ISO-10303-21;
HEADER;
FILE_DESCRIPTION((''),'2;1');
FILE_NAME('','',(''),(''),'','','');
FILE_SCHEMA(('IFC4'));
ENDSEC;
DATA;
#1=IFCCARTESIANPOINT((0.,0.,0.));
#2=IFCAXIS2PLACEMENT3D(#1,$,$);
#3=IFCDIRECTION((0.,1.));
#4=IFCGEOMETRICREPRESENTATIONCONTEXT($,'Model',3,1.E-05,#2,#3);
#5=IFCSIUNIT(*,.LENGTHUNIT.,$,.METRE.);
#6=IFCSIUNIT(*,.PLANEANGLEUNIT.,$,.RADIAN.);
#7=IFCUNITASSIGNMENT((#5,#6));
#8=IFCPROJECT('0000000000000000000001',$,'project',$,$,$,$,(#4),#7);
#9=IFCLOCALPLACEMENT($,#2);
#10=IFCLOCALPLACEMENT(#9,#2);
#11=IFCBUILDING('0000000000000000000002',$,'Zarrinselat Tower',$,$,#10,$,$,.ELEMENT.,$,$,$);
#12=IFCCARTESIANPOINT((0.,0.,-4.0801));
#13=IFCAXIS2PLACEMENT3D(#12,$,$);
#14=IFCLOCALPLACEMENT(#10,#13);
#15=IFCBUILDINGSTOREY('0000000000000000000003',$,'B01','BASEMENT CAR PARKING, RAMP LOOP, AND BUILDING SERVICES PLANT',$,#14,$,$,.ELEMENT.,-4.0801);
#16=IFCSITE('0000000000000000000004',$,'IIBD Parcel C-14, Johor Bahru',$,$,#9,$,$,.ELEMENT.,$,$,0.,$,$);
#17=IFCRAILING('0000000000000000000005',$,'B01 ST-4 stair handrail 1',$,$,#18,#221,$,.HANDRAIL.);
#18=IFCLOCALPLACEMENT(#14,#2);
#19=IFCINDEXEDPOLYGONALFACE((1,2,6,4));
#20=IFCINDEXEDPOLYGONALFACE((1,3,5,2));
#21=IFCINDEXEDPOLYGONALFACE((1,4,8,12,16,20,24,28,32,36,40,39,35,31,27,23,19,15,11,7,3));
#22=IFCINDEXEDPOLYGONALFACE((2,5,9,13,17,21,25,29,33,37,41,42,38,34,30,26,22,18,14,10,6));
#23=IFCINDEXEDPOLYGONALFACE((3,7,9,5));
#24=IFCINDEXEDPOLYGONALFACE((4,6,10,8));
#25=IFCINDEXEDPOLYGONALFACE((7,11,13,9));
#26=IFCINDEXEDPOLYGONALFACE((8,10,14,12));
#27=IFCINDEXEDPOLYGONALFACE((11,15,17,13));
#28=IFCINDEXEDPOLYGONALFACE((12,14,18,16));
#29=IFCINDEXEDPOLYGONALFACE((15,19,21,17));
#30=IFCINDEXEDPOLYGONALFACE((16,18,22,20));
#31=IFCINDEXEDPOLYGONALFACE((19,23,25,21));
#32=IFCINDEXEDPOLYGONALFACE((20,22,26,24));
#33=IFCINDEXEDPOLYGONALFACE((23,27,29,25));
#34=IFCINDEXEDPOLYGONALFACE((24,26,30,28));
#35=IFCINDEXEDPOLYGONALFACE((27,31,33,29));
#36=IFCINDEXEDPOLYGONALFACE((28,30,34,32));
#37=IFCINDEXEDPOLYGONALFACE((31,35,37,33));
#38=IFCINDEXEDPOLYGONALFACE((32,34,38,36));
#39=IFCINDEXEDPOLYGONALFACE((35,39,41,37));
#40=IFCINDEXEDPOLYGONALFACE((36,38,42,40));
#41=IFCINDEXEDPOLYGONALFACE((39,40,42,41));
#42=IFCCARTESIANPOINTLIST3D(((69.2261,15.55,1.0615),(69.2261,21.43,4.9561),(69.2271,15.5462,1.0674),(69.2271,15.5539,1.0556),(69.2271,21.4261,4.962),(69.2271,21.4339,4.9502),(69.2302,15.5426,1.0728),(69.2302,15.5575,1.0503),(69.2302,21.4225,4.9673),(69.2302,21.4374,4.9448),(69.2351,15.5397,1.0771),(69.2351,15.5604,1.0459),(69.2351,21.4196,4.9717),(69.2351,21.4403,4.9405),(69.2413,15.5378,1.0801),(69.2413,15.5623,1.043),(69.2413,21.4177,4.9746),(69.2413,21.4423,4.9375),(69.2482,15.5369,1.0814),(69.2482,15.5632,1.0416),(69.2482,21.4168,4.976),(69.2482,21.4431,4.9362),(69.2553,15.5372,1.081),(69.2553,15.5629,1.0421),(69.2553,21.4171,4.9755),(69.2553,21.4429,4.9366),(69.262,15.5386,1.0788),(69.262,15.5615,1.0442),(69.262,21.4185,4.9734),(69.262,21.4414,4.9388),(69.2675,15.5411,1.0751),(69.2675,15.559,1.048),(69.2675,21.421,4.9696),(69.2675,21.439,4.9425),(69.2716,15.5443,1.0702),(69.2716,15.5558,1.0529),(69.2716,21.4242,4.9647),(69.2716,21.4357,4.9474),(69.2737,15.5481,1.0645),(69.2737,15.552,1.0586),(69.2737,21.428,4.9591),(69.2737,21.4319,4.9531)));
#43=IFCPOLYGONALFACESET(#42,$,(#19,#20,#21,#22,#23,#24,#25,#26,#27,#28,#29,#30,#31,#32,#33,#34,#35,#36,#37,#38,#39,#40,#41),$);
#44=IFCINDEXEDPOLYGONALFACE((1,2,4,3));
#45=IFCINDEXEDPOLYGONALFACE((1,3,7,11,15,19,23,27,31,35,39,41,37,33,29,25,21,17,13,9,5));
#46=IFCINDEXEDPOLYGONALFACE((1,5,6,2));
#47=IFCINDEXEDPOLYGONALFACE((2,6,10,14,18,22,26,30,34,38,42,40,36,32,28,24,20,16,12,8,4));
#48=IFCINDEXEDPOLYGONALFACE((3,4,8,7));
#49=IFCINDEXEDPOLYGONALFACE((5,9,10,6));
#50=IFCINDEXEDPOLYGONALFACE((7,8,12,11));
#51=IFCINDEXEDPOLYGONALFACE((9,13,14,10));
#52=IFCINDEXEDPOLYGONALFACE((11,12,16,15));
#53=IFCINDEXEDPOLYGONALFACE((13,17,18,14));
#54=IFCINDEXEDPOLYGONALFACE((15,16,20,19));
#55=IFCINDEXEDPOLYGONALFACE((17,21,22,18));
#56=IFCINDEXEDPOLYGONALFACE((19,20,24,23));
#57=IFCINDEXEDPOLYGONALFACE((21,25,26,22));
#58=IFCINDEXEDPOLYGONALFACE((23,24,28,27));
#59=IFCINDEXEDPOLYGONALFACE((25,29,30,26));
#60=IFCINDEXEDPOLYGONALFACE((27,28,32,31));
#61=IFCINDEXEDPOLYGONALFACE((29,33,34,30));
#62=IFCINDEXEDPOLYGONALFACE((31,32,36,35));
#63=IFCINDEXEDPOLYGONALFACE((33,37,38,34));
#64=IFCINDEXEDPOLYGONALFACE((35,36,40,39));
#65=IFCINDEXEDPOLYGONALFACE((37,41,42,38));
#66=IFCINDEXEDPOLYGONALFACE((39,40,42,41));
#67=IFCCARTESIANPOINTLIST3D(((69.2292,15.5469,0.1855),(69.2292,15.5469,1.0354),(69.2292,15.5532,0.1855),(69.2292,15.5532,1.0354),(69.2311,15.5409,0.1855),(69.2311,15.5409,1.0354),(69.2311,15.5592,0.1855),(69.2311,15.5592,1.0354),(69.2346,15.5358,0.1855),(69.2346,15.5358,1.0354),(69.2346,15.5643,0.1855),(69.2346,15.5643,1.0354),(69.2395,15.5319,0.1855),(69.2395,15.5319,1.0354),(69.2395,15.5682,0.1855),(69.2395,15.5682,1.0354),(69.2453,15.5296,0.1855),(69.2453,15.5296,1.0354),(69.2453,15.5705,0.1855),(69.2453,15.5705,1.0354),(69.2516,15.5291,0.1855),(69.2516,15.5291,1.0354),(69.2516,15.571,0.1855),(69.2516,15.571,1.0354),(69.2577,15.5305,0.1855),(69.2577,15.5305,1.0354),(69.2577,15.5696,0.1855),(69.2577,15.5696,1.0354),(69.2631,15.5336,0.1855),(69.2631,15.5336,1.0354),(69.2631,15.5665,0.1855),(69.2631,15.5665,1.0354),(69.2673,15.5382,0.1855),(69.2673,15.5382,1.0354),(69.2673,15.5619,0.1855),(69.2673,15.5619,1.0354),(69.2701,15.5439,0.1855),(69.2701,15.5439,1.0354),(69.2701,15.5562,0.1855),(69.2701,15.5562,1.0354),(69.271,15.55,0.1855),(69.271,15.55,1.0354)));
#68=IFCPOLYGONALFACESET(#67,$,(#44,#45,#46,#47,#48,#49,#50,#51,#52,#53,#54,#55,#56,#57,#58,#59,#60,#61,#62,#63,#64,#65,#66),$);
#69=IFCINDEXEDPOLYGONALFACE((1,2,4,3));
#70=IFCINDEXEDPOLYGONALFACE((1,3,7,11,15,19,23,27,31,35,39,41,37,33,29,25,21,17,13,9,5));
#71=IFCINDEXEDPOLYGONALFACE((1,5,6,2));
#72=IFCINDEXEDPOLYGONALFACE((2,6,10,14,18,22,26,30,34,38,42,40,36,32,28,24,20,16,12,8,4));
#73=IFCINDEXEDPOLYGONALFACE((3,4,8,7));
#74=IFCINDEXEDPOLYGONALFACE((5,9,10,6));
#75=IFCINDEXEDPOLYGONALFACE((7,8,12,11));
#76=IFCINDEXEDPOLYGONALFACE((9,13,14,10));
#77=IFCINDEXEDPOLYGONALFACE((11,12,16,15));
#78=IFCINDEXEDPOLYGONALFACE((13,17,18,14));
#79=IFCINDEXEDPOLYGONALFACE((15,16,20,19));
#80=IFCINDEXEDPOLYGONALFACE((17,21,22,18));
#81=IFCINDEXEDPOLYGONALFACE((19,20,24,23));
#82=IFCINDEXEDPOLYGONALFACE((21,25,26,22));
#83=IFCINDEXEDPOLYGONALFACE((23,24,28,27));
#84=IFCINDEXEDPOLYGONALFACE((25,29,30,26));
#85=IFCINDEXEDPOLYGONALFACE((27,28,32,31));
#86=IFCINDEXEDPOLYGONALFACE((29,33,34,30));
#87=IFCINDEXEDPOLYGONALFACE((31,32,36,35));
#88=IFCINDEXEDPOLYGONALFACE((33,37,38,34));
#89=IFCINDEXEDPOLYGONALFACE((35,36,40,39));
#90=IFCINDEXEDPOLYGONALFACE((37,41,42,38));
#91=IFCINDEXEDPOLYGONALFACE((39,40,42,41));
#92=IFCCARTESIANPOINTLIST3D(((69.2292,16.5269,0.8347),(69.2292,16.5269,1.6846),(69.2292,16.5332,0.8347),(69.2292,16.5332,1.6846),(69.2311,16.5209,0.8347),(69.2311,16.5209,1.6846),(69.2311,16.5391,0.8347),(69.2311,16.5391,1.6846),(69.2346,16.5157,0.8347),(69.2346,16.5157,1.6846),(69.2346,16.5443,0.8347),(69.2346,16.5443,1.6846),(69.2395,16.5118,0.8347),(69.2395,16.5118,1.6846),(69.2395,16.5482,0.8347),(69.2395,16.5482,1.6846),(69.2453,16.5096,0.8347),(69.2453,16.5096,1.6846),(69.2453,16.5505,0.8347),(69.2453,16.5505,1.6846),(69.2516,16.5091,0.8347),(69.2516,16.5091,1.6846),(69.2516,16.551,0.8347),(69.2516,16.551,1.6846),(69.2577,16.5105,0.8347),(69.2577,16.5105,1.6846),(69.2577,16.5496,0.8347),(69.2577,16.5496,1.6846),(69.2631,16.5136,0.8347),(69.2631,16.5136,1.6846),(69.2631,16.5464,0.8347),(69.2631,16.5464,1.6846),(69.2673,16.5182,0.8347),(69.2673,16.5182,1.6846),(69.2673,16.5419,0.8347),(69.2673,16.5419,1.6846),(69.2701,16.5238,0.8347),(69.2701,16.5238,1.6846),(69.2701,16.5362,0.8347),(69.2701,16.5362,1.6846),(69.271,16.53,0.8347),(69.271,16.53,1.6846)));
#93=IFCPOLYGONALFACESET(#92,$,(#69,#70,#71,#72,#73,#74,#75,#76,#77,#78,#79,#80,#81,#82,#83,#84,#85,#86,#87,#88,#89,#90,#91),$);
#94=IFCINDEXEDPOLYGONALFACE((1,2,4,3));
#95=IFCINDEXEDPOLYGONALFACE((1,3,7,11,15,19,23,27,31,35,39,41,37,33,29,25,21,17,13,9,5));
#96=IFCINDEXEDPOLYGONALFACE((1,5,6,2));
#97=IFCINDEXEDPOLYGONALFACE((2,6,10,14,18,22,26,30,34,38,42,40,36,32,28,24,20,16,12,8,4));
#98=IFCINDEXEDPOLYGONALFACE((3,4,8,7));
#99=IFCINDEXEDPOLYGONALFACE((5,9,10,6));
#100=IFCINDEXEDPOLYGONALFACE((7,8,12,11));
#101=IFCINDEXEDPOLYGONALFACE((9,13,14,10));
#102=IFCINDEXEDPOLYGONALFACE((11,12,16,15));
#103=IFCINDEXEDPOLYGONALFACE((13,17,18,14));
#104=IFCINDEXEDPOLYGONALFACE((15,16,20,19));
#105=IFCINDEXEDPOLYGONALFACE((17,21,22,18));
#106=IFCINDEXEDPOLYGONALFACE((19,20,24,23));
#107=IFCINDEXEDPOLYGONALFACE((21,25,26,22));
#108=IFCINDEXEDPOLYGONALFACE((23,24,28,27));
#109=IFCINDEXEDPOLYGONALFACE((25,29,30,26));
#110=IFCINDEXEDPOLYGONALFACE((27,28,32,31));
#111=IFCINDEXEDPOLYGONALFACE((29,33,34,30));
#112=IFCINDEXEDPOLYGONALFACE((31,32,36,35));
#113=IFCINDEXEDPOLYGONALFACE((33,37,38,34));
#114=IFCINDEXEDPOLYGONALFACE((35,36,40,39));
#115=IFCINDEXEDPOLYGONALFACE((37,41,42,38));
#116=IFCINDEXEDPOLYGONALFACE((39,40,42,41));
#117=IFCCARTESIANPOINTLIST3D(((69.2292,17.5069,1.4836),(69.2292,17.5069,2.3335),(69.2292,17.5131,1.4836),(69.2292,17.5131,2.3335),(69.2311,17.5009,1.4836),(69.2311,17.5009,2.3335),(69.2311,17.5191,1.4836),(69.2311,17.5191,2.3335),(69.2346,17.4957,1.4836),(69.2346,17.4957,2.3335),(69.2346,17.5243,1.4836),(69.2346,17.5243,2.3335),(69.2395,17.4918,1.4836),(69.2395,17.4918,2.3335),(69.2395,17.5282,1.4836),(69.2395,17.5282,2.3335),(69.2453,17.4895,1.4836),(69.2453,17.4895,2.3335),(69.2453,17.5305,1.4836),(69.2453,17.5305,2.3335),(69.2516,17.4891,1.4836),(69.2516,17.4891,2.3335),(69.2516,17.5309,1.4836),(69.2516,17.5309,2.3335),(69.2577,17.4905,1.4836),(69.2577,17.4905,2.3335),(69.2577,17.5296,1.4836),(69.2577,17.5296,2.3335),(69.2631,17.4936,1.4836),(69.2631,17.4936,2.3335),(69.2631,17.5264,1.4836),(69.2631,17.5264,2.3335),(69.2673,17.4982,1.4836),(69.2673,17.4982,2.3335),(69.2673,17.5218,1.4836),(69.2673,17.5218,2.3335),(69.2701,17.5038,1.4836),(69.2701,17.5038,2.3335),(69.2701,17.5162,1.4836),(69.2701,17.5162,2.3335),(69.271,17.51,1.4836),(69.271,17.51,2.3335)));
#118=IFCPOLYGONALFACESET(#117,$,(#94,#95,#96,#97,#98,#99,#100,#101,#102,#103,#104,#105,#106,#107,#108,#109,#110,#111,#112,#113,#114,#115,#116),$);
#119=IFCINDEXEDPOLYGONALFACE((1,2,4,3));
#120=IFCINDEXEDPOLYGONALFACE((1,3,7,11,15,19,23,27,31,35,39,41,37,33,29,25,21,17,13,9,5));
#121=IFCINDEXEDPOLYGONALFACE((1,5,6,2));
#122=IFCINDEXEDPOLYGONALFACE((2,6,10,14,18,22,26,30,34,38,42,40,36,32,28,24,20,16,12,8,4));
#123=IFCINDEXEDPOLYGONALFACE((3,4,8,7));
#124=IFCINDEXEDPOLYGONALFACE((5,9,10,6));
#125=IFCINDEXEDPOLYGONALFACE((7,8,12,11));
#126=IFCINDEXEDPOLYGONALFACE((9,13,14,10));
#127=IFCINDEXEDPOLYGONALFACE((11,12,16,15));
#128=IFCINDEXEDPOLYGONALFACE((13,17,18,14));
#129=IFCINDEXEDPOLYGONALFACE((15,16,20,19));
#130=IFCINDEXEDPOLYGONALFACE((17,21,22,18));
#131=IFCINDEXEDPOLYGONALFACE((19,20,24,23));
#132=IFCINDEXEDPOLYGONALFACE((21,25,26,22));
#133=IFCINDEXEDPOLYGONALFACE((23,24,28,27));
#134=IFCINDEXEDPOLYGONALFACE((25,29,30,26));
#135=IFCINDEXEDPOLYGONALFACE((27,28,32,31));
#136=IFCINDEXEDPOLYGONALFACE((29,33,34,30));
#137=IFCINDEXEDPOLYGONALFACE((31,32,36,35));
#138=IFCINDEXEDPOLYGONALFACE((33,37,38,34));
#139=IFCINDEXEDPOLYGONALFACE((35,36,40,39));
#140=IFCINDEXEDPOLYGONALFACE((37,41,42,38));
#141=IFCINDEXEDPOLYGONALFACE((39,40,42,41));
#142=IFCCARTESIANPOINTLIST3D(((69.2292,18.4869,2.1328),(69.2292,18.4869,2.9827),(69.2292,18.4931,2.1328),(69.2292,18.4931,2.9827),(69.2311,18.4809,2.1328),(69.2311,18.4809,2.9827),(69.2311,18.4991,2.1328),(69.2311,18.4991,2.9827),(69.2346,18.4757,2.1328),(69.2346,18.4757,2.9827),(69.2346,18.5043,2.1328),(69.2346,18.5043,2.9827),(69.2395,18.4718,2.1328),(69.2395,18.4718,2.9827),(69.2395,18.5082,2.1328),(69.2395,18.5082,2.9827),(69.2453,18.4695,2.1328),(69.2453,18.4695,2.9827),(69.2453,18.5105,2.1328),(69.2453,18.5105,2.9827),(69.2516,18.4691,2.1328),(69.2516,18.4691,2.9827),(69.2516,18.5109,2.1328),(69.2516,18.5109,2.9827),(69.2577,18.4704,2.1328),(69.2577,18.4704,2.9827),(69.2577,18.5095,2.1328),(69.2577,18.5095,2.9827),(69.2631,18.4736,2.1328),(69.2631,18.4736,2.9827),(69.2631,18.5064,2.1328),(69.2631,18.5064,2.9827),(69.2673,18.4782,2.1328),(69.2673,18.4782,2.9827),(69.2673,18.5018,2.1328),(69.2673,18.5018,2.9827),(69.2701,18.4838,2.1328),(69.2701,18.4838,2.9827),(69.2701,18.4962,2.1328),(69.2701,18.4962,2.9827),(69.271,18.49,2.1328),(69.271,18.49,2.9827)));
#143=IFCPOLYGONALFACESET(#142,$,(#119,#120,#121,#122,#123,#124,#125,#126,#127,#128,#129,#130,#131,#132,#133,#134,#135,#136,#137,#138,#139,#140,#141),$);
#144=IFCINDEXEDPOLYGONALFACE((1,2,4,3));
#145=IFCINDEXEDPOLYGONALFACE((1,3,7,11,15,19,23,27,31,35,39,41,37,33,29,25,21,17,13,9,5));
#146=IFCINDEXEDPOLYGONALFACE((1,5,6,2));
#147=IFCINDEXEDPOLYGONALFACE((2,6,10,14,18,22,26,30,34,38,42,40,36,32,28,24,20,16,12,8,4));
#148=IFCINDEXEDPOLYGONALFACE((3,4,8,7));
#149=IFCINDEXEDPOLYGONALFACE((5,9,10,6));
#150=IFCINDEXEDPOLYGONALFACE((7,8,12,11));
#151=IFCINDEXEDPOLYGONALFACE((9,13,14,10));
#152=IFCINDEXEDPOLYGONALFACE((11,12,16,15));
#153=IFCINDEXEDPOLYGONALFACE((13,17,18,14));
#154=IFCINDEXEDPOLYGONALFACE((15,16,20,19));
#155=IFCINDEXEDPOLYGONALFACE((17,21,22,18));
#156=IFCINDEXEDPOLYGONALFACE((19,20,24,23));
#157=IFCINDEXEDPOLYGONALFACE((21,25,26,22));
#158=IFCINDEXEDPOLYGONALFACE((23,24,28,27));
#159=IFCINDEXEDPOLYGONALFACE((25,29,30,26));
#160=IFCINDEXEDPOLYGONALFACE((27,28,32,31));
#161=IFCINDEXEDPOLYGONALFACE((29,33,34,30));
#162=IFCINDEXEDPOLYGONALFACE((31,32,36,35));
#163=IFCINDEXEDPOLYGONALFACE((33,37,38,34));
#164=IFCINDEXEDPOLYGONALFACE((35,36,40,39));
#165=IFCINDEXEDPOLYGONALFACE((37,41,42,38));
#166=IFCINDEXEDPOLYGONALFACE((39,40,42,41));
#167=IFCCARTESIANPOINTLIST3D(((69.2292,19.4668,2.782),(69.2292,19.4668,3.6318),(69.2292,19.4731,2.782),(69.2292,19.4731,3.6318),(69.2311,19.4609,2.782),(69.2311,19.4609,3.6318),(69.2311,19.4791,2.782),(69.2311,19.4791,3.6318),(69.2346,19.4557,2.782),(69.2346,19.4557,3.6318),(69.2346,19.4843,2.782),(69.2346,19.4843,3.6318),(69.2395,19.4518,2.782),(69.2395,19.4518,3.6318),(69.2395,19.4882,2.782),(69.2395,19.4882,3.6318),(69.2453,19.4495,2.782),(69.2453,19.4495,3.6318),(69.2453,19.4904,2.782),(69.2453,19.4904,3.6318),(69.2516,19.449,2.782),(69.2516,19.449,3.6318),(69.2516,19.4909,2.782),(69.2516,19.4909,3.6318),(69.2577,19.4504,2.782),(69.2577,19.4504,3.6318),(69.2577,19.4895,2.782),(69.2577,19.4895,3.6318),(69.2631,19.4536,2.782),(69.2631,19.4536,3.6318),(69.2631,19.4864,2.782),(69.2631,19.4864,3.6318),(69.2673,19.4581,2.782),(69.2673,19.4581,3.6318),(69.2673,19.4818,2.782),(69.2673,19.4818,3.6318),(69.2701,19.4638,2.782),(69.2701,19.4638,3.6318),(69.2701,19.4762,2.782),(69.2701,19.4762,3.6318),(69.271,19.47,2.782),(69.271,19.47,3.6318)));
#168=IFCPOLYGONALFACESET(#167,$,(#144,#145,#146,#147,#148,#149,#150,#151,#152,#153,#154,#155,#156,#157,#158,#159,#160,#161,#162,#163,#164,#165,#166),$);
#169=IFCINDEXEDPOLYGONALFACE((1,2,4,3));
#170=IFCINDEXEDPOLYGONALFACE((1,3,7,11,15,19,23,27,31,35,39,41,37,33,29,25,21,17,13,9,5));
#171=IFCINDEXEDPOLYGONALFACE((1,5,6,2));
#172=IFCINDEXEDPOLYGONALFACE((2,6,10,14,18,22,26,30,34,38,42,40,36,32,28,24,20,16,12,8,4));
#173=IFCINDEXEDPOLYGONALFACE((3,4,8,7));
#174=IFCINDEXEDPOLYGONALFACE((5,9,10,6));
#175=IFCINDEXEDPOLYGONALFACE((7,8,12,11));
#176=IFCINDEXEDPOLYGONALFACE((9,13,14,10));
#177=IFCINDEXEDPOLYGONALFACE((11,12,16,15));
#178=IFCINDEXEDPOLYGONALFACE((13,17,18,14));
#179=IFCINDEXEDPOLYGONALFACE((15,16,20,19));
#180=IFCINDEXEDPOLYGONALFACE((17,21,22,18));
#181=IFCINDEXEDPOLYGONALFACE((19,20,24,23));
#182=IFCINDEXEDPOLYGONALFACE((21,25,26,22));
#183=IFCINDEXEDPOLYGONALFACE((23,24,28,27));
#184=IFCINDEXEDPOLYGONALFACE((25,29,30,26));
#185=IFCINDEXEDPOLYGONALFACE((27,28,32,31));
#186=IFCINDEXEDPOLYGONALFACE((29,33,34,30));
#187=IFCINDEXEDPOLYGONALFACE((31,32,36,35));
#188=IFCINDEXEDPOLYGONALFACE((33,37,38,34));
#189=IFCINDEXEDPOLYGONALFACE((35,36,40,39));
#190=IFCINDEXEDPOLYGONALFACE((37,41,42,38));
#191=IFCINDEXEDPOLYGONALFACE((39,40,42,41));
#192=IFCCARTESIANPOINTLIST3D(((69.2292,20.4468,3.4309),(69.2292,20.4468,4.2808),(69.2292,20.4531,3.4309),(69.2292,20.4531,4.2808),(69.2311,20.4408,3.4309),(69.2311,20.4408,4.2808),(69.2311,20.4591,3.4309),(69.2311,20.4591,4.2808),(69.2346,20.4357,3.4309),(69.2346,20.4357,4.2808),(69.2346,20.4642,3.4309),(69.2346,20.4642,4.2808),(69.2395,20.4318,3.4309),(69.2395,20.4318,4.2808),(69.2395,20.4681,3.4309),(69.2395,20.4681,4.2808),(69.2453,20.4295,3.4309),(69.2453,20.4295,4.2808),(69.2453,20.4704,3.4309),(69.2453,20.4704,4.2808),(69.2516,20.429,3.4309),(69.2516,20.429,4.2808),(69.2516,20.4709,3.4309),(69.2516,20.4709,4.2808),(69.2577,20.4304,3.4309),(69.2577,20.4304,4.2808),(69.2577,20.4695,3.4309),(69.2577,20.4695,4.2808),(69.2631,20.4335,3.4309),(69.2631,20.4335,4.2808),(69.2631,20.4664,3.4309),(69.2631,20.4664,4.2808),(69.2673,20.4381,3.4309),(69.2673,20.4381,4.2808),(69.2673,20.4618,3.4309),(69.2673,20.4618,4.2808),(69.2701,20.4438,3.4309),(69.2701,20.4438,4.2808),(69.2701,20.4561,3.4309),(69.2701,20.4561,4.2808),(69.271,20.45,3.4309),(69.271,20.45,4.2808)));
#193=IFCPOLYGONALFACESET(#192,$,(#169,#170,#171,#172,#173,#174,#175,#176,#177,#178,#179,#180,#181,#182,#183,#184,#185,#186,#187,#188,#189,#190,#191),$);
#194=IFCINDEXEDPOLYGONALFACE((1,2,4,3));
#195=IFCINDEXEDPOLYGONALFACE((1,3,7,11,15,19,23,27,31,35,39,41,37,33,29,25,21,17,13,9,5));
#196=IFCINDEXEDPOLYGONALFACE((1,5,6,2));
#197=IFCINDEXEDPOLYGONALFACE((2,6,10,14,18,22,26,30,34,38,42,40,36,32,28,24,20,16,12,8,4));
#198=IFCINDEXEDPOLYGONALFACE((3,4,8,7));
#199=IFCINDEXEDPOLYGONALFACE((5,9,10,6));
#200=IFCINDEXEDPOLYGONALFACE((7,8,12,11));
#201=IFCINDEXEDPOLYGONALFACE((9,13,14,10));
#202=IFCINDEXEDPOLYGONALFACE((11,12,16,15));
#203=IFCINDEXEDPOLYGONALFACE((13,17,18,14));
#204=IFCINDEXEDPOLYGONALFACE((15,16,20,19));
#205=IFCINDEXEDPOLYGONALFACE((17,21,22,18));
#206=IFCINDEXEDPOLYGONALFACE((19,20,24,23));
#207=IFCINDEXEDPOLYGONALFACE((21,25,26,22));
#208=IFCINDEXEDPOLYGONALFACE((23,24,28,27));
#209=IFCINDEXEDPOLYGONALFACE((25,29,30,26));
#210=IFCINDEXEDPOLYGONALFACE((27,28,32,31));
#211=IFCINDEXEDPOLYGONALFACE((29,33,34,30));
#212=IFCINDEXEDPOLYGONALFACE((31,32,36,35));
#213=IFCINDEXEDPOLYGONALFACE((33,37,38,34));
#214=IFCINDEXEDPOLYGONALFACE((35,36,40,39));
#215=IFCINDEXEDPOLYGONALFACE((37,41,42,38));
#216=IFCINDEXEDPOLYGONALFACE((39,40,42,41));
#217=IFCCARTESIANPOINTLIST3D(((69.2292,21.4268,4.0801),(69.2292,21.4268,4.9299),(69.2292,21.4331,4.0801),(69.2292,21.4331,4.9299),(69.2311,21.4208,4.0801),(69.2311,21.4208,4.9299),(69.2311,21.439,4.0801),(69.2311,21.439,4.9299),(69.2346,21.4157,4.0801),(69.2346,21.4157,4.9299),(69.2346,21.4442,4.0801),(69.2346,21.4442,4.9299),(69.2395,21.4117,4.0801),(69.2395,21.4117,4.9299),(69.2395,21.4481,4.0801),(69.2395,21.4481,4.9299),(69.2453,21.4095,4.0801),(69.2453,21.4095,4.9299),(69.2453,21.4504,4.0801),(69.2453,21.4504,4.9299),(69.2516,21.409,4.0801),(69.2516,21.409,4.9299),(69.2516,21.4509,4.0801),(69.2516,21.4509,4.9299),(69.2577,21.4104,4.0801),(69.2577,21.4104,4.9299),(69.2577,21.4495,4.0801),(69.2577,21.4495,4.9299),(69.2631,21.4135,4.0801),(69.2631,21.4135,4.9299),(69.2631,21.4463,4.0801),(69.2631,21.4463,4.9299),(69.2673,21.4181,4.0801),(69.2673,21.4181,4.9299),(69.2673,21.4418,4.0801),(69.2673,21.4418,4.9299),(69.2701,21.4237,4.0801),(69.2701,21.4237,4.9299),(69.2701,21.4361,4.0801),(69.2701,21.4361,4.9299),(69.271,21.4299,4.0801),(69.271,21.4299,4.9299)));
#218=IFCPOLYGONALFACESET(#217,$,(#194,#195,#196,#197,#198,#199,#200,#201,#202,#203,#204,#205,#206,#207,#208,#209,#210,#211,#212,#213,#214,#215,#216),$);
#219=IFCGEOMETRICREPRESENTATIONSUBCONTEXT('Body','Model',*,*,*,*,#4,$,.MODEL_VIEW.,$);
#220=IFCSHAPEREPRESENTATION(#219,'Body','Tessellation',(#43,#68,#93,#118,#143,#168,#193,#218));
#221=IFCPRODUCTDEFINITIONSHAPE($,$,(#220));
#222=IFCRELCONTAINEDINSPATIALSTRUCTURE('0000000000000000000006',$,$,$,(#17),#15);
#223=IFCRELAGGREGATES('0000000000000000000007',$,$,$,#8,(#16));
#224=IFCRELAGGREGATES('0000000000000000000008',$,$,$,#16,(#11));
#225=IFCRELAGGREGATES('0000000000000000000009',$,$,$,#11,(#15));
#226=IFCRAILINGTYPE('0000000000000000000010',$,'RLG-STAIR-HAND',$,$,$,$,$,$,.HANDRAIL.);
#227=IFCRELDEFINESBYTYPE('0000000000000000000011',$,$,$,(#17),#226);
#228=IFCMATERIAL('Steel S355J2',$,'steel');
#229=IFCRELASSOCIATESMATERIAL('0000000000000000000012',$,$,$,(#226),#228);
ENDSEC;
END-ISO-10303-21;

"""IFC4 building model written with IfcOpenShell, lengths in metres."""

from ifc_helpers import new_model, si_unit, direction, frame, origin, origin_2d, place, context, subcontext, project, spatial, circle, extrude, material, type_object, element, save


model = new_model("IFC4")

# Units and contexts
model_context = context("Model", 3, precision=1e-05, world=origin(), true_north=direction((0.0, 1.0)))
body_context = subcontext(model_context, "Body", "Model", "MODEL_VIEW")
ifc_project = project(units=[si_unit("LENGTHUNIT", "METRE"), si_unit("PLANEANGLEUNIT", "RADIAN")], contexts=[model_context])

# Site, building, storey
site_placement = place(None, origin())
site = spatial("IfcSite", under=ifc_project, at=site_placement, Name="IIBD Parcel C-14, Johor Bahru", CompositionType="ELEMENT", RefElevation=0.0)
building_placement = place(site_placement, origin())
building = spatial("IfcBuilding", under=site, at=building_placement, Name="Zarrinselat Tower", CompositionType="ELEMENT")
storey_placement = place(building_placement, frame((0.0, 0.0, -4.0801)))
storey = spatial("IfcBuildingStorey", under=building, at=storey_placement, Name="B01", Description="BASEMENT CAR PARKING, RAMP LOOP, AND BUILDING SERVICES PLANT", CompositionType="ELEMENT", Elevation=-4.0801)

# Railing
ifc_material_1 = material(Name="Steel S355J2", Category="steel")
railing_type = type_object("IfcRailingType", Name="RLG-STAIR-HAND", PredefinedType="HANDRAIL", material=ifc_material_1)
railing_placement = place(storey_placement, frame((69.25, 15.55, 0.1855)))
element("IfcRailing", 1, at=railing_placement, inside=storey, type_object=railing_type, Name="B01 ST-4 stair handrail 1", PredefinedType="HANDRAIL", context=body_context, shape_type="SweptSolid", body=[
    extrude(circle(Radius=0.0239, at=origin_2d()), frame((0.0, 0.0, 0.876), z_axis=(0.0, 0.833708, 0.552205), x_axis=(-1.0, 0.0, 0.0)), (0.0, 0.0, 1.0), 7.0527),
    extrude(circle(Radius=0.021, at=origin_2d()), origin(), (0.0, 0.0, 1.0), 0.8499),
    extrude(circle(Radius=0.021, at=origin_2d()), frame((0.0, 0.98, 0.6492)), (0.0, 0.0, 1.0), 0.8499),
    extrude(circle(Radius=0.021, at=origin_2d()), frame((0.0, 1.96, 1.2981)), (0.0, 0.0, 1.0), 0.8499),
    extrude(circle(Radius=0.021, at=origin_2d()), frame((0.0, 2.9399, 1.9473)), (0.0, 0.0, 1.0), 0.8499),
    extrude(circle(Radius=0.021, at=origin_2d()), frame((0.0, 3.9199, 2.5964)), (0.0, 0.0, 1.0), 0.8499),
    extrude(circle(Radius=0.021, at=origin_2d()), frame((0.0, 4.8999, 3.2454)), (0.0, 0.0, 1.0), 0.8499),
    extrude(circle(Radius=0.021, at=origin_2d()), frame((0.0, 5.8799, 3.8945)), (0.0, 0.0, 1.0), 0.8499),
])

save(model, "model.ifc")
